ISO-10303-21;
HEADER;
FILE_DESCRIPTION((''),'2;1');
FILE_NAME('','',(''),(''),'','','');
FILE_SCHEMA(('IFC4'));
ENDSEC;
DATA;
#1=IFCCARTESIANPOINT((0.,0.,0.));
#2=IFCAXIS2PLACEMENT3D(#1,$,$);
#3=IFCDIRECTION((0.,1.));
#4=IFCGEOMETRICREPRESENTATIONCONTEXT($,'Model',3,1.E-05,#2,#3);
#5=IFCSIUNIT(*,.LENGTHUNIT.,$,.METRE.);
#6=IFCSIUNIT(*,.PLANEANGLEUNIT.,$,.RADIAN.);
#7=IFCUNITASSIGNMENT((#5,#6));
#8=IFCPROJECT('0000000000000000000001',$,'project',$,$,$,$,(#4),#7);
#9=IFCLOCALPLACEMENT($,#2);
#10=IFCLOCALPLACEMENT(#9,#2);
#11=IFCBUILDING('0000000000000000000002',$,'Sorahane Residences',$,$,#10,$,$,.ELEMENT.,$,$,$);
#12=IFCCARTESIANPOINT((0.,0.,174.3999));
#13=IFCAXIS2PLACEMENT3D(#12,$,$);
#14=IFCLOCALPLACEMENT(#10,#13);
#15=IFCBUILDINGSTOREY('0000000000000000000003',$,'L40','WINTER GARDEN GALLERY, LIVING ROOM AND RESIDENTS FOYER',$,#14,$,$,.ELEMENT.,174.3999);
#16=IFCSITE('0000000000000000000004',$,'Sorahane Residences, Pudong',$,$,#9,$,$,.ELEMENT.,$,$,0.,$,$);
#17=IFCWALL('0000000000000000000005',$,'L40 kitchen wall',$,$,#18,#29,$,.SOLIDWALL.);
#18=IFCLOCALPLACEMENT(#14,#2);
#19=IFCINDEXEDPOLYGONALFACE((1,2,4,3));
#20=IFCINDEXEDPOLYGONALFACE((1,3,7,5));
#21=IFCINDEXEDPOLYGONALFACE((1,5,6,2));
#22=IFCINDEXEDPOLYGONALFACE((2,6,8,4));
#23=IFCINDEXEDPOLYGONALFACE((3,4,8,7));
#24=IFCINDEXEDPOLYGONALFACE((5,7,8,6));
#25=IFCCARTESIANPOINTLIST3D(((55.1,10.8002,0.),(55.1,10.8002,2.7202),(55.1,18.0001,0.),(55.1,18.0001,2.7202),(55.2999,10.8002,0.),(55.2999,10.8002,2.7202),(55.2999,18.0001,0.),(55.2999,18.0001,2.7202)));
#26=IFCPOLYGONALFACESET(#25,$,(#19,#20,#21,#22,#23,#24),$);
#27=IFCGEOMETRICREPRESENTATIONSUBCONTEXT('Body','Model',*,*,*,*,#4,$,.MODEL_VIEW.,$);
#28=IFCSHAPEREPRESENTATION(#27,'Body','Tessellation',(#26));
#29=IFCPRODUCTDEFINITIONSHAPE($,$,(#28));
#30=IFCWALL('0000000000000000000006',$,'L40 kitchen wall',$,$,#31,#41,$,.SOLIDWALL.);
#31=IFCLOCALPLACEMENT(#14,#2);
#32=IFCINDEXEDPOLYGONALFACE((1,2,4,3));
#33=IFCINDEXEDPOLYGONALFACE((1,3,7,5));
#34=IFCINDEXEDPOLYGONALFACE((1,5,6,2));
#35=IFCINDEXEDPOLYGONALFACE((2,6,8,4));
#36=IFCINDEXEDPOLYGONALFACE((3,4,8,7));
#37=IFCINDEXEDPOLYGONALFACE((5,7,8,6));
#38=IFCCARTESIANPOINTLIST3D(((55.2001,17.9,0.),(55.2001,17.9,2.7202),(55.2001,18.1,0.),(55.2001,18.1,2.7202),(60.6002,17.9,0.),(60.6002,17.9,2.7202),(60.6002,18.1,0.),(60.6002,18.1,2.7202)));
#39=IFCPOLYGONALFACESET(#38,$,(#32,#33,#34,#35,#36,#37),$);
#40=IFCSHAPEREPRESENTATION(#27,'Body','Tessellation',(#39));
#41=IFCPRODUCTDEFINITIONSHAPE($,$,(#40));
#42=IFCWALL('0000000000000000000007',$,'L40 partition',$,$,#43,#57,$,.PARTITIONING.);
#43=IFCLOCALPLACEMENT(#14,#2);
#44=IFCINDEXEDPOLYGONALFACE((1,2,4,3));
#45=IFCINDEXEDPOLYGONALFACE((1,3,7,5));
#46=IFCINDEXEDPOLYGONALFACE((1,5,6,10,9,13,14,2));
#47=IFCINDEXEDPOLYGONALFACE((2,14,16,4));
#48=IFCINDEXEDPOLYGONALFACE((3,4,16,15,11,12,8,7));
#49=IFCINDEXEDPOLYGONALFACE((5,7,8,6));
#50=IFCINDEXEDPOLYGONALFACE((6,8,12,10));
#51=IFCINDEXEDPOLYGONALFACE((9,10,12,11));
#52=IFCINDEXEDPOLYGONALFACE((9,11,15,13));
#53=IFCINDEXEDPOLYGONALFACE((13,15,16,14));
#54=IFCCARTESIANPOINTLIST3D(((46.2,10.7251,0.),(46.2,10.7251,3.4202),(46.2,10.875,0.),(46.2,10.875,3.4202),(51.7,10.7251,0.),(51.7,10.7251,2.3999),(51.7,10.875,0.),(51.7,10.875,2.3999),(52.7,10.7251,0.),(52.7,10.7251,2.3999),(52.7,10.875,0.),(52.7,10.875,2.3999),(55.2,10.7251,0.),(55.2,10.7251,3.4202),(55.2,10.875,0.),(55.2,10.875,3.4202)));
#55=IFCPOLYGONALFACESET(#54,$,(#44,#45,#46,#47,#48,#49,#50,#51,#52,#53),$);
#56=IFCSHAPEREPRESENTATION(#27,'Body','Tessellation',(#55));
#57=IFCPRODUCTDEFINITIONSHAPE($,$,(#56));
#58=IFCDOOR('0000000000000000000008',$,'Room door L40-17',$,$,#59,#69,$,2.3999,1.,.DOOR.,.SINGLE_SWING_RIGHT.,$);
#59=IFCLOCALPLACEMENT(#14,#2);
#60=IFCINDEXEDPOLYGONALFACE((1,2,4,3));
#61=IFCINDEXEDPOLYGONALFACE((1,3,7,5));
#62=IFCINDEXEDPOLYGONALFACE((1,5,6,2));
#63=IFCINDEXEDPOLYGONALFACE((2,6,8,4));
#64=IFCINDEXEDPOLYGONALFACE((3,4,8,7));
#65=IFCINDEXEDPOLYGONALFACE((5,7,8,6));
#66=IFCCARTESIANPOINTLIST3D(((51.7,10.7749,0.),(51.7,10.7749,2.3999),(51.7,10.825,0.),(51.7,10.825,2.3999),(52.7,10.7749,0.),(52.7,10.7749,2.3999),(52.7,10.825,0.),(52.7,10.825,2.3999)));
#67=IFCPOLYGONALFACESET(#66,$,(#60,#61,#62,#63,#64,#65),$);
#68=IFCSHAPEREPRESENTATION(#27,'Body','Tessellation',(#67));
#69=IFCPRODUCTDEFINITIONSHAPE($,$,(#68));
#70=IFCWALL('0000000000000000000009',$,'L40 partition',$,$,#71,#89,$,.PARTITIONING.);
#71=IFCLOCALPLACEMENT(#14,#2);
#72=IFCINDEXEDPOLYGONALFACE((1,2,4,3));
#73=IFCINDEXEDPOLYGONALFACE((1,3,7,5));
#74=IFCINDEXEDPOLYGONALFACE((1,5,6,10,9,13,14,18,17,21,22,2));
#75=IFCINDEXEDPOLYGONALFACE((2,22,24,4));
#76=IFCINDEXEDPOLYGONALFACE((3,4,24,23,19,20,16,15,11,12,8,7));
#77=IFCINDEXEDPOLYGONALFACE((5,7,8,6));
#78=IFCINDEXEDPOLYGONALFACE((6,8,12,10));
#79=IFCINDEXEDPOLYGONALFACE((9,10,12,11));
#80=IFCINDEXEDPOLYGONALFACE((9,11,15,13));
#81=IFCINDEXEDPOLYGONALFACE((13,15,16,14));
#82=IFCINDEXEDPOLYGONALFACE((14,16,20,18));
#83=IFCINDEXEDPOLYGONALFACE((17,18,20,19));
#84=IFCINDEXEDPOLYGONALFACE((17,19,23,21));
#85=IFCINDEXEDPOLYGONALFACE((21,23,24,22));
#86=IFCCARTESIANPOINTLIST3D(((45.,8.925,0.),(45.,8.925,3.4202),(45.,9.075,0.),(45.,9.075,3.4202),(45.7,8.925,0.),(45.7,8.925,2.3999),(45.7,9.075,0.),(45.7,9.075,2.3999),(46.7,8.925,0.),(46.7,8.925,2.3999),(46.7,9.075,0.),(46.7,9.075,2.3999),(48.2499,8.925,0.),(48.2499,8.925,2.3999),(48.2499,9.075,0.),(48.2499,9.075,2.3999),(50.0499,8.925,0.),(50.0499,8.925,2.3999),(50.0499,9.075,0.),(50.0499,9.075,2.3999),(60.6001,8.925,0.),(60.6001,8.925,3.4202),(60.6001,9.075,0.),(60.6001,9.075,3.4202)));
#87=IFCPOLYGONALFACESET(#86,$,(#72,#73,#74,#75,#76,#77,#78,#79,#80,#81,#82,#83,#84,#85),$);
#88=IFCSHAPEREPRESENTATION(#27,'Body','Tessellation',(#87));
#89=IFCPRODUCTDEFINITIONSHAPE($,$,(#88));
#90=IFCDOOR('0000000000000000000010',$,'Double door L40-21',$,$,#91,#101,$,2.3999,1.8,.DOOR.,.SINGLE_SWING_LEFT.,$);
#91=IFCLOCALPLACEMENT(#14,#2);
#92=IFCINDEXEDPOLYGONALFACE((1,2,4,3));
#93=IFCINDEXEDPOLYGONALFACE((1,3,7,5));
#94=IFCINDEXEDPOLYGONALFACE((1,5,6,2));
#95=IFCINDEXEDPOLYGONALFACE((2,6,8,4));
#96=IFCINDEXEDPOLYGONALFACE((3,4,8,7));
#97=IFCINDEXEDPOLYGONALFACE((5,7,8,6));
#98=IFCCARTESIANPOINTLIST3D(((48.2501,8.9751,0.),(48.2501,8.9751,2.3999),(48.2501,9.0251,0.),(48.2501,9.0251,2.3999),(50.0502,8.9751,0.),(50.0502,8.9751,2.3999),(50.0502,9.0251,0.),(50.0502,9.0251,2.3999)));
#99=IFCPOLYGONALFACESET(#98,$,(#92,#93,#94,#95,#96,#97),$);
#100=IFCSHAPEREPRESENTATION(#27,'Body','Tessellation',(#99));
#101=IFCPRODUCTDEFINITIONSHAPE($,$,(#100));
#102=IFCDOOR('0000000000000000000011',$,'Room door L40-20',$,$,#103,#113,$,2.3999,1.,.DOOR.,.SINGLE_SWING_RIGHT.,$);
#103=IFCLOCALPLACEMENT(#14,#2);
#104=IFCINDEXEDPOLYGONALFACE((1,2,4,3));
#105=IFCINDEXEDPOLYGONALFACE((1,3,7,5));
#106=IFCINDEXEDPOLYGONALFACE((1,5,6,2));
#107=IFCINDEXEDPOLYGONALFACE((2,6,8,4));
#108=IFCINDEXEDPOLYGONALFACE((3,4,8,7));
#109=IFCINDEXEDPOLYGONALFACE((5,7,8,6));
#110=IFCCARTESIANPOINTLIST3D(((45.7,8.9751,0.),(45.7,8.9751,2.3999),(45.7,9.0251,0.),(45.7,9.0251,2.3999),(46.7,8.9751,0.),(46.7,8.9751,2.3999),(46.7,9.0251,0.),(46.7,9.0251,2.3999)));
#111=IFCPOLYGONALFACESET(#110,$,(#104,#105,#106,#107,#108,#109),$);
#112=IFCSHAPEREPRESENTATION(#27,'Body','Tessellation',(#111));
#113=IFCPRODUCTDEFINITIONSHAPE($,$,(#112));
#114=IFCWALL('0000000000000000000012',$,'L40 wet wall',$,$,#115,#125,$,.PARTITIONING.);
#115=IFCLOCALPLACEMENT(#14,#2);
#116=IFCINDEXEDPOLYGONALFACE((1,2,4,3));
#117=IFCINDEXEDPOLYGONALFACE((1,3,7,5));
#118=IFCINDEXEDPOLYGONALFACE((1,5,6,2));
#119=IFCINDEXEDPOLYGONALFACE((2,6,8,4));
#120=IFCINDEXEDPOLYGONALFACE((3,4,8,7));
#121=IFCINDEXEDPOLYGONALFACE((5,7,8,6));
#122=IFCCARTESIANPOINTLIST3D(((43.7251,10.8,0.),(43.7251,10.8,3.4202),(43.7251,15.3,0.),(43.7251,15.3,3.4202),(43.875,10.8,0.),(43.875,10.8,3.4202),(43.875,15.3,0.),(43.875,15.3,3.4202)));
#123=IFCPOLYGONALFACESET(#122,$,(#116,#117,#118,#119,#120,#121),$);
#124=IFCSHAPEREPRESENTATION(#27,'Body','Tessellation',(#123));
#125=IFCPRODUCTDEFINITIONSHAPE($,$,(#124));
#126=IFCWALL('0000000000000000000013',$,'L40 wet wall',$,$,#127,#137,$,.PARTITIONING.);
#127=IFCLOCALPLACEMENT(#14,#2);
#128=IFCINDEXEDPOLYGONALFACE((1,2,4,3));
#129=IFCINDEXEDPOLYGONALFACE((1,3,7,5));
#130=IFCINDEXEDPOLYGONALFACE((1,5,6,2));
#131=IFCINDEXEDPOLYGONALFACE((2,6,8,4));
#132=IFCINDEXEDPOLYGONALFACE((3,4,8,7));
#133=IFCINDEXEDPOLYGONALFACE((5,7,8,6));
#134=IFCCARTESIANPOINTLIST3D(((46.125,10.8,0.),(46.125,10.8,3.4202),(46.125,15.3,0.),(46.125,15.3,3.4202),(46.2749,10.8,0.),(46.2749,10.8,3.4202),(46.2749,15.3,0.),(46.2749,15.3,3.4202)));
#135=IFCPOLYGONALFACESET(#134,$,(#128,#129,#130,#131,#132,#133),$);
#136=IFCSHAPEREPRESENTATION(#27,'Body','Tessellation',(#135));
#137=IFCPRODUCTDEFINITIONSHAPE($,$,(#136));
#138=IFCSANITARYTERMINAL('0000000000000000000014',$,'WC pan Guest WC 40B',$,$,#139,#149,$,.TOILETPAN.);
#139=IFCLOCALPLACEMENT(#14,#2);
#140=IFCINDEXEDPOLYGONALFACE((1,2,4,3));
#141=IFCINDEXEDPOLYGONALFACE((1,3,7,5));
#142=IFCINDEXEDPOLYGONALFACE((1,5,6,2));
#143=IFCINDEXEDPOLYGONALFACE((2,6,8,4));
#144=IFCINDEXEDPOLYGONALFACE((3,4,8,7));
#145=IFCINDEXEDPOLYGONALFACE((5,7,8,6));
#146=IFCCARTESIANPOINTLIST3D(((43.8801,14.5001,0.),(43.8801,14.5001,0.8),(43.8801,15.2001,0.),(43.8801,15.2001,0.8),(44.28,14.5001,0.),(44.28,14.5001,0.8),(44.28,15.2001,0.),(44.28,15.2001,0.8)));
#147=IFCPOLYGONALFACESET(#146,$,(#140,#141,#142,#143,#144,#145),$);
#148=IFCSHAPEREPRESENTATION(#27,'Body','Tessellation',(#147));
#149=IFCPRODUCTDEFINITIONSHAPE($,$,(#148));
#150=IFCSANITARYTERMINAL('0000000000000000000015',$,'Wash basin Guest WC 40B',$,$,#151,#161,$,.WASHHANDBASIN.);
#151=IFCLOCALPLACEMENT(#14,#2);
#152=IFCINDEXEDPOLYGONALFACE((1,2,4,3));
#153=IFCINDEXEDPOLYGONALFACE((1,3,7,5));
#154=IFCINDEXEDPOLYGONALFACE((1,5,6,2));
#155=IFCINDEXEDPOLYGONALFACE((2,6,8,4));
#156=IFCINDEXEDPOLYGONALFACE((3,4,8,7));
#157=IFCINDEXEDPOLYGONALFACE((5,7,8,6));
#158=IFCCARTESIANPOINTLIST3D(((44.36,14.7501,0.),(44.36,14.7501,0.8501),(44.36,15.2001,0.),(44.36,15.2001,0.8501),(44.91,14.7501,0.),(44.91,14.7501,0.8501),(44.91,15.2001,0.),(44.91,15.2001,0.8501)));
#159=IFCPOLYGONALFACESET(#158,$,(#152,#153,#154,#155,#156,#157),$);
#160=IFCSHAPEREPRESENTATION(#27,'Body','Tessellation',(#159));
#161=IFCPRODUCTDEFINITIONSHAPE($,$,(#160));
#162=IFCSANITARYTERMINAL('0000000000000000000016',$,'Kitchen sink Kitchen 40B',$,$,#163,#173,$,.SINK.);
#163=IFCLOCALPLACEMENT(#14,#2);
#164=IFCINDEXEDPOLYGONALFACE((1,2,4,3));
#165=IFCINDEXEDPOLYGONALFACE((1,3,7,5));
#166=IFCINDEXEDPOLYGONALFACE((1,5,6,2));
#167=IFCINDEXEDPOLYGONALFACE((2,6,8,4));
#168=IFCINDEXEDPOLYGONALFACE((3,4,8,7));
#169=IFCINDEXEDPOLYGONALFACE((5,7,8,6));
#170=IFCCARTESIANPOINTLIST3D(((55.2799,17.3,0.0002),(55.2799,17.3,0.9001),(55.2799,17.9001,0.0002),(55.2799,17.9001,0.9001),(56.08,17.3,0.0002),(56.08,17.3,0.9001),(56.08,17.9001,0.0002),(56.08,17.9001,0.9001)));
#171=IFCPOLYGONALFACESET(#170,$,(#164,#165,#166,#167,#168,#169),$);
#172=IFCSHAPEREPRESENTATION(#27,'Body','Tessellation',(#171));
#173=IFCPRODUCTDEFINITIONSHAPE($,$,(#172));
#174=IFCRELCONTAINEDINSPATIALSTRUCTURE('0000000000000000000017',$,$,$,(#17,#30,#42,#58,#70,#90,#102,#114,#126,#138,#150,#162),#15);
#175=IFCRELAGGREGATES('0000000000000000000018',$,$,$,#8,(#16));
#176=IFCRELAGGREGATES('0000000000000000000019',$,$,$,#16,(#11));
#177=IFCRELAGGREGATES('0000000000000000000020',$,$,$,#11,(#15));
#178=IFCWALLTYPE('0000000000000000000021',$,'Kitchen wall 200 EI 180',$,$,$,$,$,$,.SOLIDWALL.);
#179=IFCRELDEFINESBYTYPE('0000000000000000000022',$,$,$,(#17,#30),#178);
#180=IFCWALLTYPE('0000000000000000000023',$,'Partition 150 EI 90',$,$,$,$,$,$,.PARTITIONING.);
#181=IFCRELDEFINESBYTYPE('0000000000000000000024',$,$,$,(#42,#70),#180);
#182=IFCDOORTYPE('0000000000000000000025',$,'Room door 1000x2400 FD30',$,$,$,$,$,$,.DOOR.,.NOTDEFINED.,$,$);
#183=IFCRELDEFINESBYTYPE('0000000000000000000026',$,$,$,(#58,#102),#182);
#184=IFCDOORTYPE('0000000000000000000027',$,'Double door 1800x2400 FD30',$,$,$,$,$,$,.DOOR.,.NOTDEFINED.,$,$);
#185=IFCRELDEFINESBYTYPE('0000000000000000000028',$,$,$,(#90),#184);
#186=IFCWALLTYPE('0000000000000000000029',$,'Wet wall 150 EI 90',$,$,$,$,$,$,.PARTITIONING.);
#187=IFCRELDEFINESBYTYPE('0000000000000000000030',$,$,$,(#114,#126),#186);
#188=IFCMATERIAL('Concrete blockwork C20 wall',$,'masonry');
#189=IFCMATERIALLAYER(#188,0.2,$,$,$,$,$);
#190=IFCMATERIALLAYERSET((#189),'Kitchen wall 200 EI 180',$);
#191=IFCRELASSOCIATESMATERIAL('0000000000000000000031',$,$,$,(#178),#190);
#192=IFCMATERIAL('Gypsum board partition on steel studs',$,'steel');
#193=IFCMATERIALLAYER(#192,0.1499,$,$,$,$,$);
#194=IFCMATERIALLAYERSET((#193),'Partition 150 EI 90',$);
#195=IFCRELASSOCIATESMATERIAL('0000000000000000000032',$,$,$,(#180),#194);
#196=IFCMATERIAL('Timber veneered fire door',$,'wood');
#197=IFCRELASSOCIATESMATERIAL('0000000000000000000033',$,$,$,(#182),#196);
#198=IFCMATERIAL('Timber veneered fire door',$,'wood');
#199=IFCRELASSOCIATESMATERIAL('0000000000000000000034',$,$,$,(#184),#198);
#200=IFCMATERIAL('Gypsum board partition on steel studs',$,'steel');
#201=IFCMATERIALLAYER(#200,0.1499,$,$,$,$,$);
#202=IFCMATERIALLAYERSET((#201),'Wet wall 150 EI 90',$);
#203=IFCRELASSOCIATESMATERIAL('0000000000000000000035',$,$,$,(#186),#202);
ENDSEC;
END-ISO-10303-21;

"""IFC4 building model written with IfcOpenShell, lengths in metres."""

from ifc_helpers import new_model, si_unit, direction, frame, frame_2d, origin, origin_2d, place, context, subcontext, project, spatial, rectangle, extrude, material, layer, layer_set, type_object, element, fill, save


model = new_model("IFC4")

# Units and contexts
model_context = context("Model", 3, precision=1e-05, world=origin(), true_north=direction((0.0, 1.0)))
body_context = subcontext(model_context, "Body", "Model", "MODEL_VIEW")
ifc_project = project(units=[si_unit("LENGTHUNIT", "METRE"), si_unit("PLANEANGLEUNIT", "RADIAN")], contexts=[model_context])

# Site, building, storey
site_placement = place(None, origin())
site = spatial("IfcSite", under=ifc_project, at=site_placement, Name="Sorahane Residences, Pudong", CompositionType="ELEMENT", RefElevation=0.0)
building_placement = place(site_placement, origin())
building = spatial("IfcBuilding", under=site, at=building_placement, Name="Sorahane Residences", CompositionType="ELEMENT")
storey_placement = place(building_placement, frame((0.0, 0.0, 174.3999)))
storey = spatial("IfcBuildingStorey", under=building, at=storey_placement, Name="L40", Description="WINTER GARDEN GALLERY, LIVING ROOM AND RESIDENTS FOYER", CompositionType="ELEMENT", Elevation=174.3999)

# Wall
ifc_material_1 = material(Name="Concrete blockwork C20 wall", Category="masonry")
ifc_layer_1 = layer(ifc_material_1, 0.2)
ifc_layer_set_1 = layer_set([ifc_layer_1], Name="Kitchen wall 200 EI 180")
wall_type_1 = type_object("IfcWallType", Name="Kitchen wall 200 EI 180", PredefinedType="SOLIDWALL", material=ifc_layer_set_1)
wall_1_placement = place(storey_placement, frame((55.2, 10.8, 0.0), z_axis=(0.0, 0.0, 1.0), x_axis=(0.0, 1.0, 0.0)))
element("IfcWall", 1, at=wall_1_placement, inside=storey, type_object=wall_type_1, Name="L40 kitchen wall", PredefinedType="SOLIDWALL", context=body_context, shape_type="SweptSolid", body=[
    extrude(rectangle(XDim=7.2, YDim=0.2, at=frame_2d((3.6001, 0.0))), origin(), (0.0, 0.0, 1.0), 2.7202),
])

# Wall
wall_2_placement = place(storey_placement, frame((55.2, 18.0, 0.0), z_axis=(0.0, 0.0, 1.0), x_axis=(1.0, 0.0, 0.0)))
element("IfcWall", 2, at=wall_2_placement, inside=storey, type_object=wall_type_1, Name="L40 kitchen wall", PredefinedType="SOLIDWALL", context=body_context, shape_type="SweptSolid", body=[
    extrude(rectangle(XDim=5.4001, YDim=0.2, at=frame_2d((2.7002, 0.0))), origin(), (0.0, 0.0, 1.0), 2.7202),
])

# Wall, opening, door
ifc_material_2 = material(Name="Gypsum board partition on steel studs", Category="steel")
ifc_layer_2 = layer(ifc_material_2, 0.1499)
ifc_layer_set_2 = layer_set([ifc_layer_2], Name="Partition 150 EI 90")
wall_type_2 = type_object("IfcWallType", Name="Partition 150 EI 90", PredefinedType="PARTITIONING", material=ifc_layer_set_2)
wall_3_placement = place(storey_placement, frame((46.2, 10.8, 0.0), z_axis=(0.0, 0.0, 1.0), x_axis=(1.0, 0.0, 0.0)))
wall_3 = element("IfcWall", 3, at=wall_3_placement, inside=storey, type_object=wall_type_2, Name="L40 partition", PredefinedType="PARTITIONING", context=body_context, shape_type="SweptSolid", body=[
    extrude(rectangle(XDim=9.0, YDim=0.1499, at=frame_2d((4.5, 0.0))), origin(), (0.0, 0.0, 1.0), 3.4202),
])
opening_1_placement = place(wall_3_placement, frame((5.5, 0.0, 0.0)))
opening_1 = element("IfcOpeningElement", 4, at=opening_1_placement, cuts=wall_3, PredefinedType="OPENING", context=body_context, shape_type="SweptSolid", body=[
    extrude(rectangle(XDim=1.0, YDim=2.3999, at=frame_2d((0.5, 1.2))), frame((0.0, 0.085, 0.0), z_axis=(0.0, -1.0, 0.0), x_axis=(1.0, 0.0, 0.0)), (0.0, 0.0, 1.0), 0.1699),
])
ifc_material_3 = material(Name="Timber veneered fire door", Category="wood")
door_type_1 = type_object("IfcDoorType", Name="Room door 1000x2400 FD30", OperationType="NOTDEFINED", PredefinedType="DOOR", material=ifc_material_3)
door_1_placement = place(opening_1_placement, origin())
door_1 = element("IfcDoor", 5, at=door_1_placement, inside=storey, type_object=door_type_1, Name="Room door L40-17", OperationType="SINGLE_SWING_RIGHT", OverallHeight=2.3999, OverallWidth=1.0, PredefinedType="DOOR", context=body_context, shape_type="SweptSolid", body=[
    extrude(rectangle(XDim=1.0, YDim=2.3999, at=frame_2d((0.5, 1.2))), frame((0.0, 0.0249, 0.0), z_axis=(0.0, -1.0, 0.0), x_axis=(1.0, 0.0, 0.0)), (0.0, 0.0, 1.0), 0.05),
])
fill(opening_1, door_1)

# Wall, openings, doors
wall_4_placement = place(storey_placement, frame((45.0, 9.0, 0.0), z_axis=(0.0, 0.0, 1.0), x_axis=(1.0, 0.0, 0.0)))
wall_4 = element("IfcWall", 6, at=wall_4_placement, inside=storey, type_object=wall_type_2, Name="L40 partition", PredefinedType="PARTITIONING", context=body_context, shape_type="SweptSolid", body=[
    extrude(rectangle(XDim=15.6001, YDim=0.1499, at=frame_2d((7.8, 0.0))), origin(), (0.0, 0.0, 1.0), 3.4202),
])
opening_2_placement = place(wall_4_placement, frame((0.7, 0.0, 0.0)))
opening_2 = element("IfcOpeningElement", 7, at=opening_2_placement, cuts=wall_4, PredefinedType="OPENING", context=body_context, shape_type="SweptSolid", body=[
    extrude(rectangle(XDim=1.0, YDim=2.3999, at=frame_2d((0.5, 1.2))), frame((0.0, 0.085, 0.0), z_axis=(0.0, -1.0, 0.0), x_axis=(1.0, 0.0, 0.0)), (0.0, 0.0, 1.0), 0.1699),
])
opening_3_placement = place(wall_4_placement, frame((3.25, 0.0, 0.0)))
opening_3 = element("IfcOpeningElement", 8, at=opening_3_placement, cuts=wall_4, PredefinedType="OPENING", context=body_context, shape_type="SweptSolid", body=[
    extrude(rectangle(XDim=1.8, YDim=2.3999, at=frame_2d((0.8999, 1.2))), frame((0.0, 0.085, 0.0), z_axis=(0.0, -1.0, 0.0), x_axis=(1.0, 0.0, 0.0)), (0.0, 0.0, 1.0), 0.1699),
])
ifc_material_4 = material(Name="Timber veneered fire door", Category="wood")
door_type_2 = type_object("IfcDoorType", Name="Double door 1800x2400 FD30", OperationType="NOTDEFINED", PredefinedType="DOOR", material=ifc_material_4)
door_2_placement = place(opening_3_placement, frame((1.8, 0.0, 0.0), z_axis=(0.0, 0.0, 1.0), x_axis=(-1.0, 0.0, 0.0)))
door_2 = element("IfcDoor", 9, at=door_2_placement, inside=storey, type_object=door_type_2, Name="Double door L40-21", OperationType="SINGLE_SWING_LEFT", OverallHeight=2.3999, OverallWidth=1.8, PredefinedType="DOOR", context=body_context, shape_type="SweptSolid", body=[
    extrude(rectangle(XDim=1.8, YDim=2.3999, at=frame_2d((0.8999, 1.2))), frame((0.0, 0.0249, 0.0), z_axis=(0.0, -1.0, 0.0), x_axis=(1.0, 0.0, 0.0)), (0.0, 0.0, 1.0), 0.05),
])
fill(opening_3, door_2)
door_3_placement = place(opening_2_placement, frame((1.0, 0.0, 0.0), z_axis=(0.0, 0.0, 1.0), x_axis=(-1.0, 0.0, 0.0)))
door_3 = element("IfcDoor", 10, at=door_3_placement, inside=storey, type_object=door_type_1, Name="Room door L40-20", OperationType="SINGLE_SWING_RIGHT", OverallHeight=2.3999, OverallWidth=1.0, PredefinedType="DOOR", context=body_context, shape_type="SweptSolid", body=[
    extrude(rectangle(XDim=1.0, YDim=2.3999, at=frame_2d((0.5, 1.2))), frame((0.0, 0.0249, 0.0), z_axis=(0.0, -1.0, 0.0), x_axis=(1.0, 0.0, 0.0)), (0.0, 0.0, 1.0), 0.05),
])
fill(opening_2, door_3)

# Walls
ifc_material_5 = material(Name="Gypsum board partition on steel studs", Category="steel")
ifc_layer_3 = layer(ifc_material_5, 0.1499)
ifc_layer_set_3 = layer_set([ifc_layer_3], Name="Wet wall 150 EI 90")
wall_type_3 = type_object("IfcWallType", Name="Wet wall 150 EI 90", PredefinedType="PARTITIONING", material=ifc_layer_set_3)
for number, where, z_axis, x_axis, name in (
    (11, (43.8, 10.8, 0.0), (0.0, 0.0, 1.0), (0.0, 1.0, 0.0), "L40 wet wall"),
    (12, (46.2, 10.8, 0.0), (0.0, 0.0, 1.0), (0.0, 1.0, 0.0), "L40 wet wall"),
):
    element("IfcWall", number, at=place(storey_placement, frame(where, z_axis=z_axis, x_axis=x_axis)), inside=storey, type_object=wall_type_3, Name=name, PredefinedType="PARTITIONING", context=body_context, shape_type="SweptSolid", body=[
        extrude(rectangle(XDim=4.5, YDim=0.1499, at=frame_2d((2.25, 0.0))), origin(), (0.0, 0.0, 1.0), 3.4202),
    ])

# Sanitary terminals
sanitary_terminal_1_placement = place(storey_placement, frame((44.0801, 14.8501, 0.0), z_axis=(0.0, 0.0, 1.0), x_axis=(1.0, 0.0, 0.0)))
element("IfcSanitaryTerminal", 13, at=sanitary_terminal_1_placement, inside=storey, Name="WC pan Guest WC 40B", PredefinedType="TOILETPAN", context=body_context, shape_type="SweptSolid", body=[
    extrude(rectangle(XDim=0.3999, YDim=0.7, at=origin_2d()), origin(), (0.0, 0.0, 1.0), 0.8),
])
sanitary_terminal_2_placement = place(storey_placement, frame((44.635, 14.9751, 0.0), z_axis=(0.0, 0.0, 1.0), x_axis=(1.0, 0.0, 0.0)))
element("IfcSanitaryTerminal", 14, at=sanitary_terminal_2_placement, inside=storey, Name="Wash basin Guest WC 40B", PredefinedType="WASHHANDBASIN", context=body_context, shape_type="SweptSolid", body=[
    extrude(rectangle(XDim=0.55, YDim=0.45, at=origin_2d()), origin(), (0.0, 0.0, 1.0), 0.8501),
])
sanitary_terminal_3_placement = place(storey_placement, frame((55.6799, 17.6001, 0.0002), z_axis=(0.0, 0.0, 1.0), x_axis=(1.0, 0.0, 0.0)))
element("IfcSanitaryTerminal", 15, at=sanitary_terminal_3_placement, inside=storey, Name="Kitchen sink Kitchen 40B", PredefinedType="SINK", context=body_context, shape_type="SweptSolid", body=[
    extrude(rectangle(XDim=0.8, YDim=0.6001, at=origin_2d()), origin(), (0.0, 0.0, 1.0), 0.8999),
])

save(model, "model.ifc")
